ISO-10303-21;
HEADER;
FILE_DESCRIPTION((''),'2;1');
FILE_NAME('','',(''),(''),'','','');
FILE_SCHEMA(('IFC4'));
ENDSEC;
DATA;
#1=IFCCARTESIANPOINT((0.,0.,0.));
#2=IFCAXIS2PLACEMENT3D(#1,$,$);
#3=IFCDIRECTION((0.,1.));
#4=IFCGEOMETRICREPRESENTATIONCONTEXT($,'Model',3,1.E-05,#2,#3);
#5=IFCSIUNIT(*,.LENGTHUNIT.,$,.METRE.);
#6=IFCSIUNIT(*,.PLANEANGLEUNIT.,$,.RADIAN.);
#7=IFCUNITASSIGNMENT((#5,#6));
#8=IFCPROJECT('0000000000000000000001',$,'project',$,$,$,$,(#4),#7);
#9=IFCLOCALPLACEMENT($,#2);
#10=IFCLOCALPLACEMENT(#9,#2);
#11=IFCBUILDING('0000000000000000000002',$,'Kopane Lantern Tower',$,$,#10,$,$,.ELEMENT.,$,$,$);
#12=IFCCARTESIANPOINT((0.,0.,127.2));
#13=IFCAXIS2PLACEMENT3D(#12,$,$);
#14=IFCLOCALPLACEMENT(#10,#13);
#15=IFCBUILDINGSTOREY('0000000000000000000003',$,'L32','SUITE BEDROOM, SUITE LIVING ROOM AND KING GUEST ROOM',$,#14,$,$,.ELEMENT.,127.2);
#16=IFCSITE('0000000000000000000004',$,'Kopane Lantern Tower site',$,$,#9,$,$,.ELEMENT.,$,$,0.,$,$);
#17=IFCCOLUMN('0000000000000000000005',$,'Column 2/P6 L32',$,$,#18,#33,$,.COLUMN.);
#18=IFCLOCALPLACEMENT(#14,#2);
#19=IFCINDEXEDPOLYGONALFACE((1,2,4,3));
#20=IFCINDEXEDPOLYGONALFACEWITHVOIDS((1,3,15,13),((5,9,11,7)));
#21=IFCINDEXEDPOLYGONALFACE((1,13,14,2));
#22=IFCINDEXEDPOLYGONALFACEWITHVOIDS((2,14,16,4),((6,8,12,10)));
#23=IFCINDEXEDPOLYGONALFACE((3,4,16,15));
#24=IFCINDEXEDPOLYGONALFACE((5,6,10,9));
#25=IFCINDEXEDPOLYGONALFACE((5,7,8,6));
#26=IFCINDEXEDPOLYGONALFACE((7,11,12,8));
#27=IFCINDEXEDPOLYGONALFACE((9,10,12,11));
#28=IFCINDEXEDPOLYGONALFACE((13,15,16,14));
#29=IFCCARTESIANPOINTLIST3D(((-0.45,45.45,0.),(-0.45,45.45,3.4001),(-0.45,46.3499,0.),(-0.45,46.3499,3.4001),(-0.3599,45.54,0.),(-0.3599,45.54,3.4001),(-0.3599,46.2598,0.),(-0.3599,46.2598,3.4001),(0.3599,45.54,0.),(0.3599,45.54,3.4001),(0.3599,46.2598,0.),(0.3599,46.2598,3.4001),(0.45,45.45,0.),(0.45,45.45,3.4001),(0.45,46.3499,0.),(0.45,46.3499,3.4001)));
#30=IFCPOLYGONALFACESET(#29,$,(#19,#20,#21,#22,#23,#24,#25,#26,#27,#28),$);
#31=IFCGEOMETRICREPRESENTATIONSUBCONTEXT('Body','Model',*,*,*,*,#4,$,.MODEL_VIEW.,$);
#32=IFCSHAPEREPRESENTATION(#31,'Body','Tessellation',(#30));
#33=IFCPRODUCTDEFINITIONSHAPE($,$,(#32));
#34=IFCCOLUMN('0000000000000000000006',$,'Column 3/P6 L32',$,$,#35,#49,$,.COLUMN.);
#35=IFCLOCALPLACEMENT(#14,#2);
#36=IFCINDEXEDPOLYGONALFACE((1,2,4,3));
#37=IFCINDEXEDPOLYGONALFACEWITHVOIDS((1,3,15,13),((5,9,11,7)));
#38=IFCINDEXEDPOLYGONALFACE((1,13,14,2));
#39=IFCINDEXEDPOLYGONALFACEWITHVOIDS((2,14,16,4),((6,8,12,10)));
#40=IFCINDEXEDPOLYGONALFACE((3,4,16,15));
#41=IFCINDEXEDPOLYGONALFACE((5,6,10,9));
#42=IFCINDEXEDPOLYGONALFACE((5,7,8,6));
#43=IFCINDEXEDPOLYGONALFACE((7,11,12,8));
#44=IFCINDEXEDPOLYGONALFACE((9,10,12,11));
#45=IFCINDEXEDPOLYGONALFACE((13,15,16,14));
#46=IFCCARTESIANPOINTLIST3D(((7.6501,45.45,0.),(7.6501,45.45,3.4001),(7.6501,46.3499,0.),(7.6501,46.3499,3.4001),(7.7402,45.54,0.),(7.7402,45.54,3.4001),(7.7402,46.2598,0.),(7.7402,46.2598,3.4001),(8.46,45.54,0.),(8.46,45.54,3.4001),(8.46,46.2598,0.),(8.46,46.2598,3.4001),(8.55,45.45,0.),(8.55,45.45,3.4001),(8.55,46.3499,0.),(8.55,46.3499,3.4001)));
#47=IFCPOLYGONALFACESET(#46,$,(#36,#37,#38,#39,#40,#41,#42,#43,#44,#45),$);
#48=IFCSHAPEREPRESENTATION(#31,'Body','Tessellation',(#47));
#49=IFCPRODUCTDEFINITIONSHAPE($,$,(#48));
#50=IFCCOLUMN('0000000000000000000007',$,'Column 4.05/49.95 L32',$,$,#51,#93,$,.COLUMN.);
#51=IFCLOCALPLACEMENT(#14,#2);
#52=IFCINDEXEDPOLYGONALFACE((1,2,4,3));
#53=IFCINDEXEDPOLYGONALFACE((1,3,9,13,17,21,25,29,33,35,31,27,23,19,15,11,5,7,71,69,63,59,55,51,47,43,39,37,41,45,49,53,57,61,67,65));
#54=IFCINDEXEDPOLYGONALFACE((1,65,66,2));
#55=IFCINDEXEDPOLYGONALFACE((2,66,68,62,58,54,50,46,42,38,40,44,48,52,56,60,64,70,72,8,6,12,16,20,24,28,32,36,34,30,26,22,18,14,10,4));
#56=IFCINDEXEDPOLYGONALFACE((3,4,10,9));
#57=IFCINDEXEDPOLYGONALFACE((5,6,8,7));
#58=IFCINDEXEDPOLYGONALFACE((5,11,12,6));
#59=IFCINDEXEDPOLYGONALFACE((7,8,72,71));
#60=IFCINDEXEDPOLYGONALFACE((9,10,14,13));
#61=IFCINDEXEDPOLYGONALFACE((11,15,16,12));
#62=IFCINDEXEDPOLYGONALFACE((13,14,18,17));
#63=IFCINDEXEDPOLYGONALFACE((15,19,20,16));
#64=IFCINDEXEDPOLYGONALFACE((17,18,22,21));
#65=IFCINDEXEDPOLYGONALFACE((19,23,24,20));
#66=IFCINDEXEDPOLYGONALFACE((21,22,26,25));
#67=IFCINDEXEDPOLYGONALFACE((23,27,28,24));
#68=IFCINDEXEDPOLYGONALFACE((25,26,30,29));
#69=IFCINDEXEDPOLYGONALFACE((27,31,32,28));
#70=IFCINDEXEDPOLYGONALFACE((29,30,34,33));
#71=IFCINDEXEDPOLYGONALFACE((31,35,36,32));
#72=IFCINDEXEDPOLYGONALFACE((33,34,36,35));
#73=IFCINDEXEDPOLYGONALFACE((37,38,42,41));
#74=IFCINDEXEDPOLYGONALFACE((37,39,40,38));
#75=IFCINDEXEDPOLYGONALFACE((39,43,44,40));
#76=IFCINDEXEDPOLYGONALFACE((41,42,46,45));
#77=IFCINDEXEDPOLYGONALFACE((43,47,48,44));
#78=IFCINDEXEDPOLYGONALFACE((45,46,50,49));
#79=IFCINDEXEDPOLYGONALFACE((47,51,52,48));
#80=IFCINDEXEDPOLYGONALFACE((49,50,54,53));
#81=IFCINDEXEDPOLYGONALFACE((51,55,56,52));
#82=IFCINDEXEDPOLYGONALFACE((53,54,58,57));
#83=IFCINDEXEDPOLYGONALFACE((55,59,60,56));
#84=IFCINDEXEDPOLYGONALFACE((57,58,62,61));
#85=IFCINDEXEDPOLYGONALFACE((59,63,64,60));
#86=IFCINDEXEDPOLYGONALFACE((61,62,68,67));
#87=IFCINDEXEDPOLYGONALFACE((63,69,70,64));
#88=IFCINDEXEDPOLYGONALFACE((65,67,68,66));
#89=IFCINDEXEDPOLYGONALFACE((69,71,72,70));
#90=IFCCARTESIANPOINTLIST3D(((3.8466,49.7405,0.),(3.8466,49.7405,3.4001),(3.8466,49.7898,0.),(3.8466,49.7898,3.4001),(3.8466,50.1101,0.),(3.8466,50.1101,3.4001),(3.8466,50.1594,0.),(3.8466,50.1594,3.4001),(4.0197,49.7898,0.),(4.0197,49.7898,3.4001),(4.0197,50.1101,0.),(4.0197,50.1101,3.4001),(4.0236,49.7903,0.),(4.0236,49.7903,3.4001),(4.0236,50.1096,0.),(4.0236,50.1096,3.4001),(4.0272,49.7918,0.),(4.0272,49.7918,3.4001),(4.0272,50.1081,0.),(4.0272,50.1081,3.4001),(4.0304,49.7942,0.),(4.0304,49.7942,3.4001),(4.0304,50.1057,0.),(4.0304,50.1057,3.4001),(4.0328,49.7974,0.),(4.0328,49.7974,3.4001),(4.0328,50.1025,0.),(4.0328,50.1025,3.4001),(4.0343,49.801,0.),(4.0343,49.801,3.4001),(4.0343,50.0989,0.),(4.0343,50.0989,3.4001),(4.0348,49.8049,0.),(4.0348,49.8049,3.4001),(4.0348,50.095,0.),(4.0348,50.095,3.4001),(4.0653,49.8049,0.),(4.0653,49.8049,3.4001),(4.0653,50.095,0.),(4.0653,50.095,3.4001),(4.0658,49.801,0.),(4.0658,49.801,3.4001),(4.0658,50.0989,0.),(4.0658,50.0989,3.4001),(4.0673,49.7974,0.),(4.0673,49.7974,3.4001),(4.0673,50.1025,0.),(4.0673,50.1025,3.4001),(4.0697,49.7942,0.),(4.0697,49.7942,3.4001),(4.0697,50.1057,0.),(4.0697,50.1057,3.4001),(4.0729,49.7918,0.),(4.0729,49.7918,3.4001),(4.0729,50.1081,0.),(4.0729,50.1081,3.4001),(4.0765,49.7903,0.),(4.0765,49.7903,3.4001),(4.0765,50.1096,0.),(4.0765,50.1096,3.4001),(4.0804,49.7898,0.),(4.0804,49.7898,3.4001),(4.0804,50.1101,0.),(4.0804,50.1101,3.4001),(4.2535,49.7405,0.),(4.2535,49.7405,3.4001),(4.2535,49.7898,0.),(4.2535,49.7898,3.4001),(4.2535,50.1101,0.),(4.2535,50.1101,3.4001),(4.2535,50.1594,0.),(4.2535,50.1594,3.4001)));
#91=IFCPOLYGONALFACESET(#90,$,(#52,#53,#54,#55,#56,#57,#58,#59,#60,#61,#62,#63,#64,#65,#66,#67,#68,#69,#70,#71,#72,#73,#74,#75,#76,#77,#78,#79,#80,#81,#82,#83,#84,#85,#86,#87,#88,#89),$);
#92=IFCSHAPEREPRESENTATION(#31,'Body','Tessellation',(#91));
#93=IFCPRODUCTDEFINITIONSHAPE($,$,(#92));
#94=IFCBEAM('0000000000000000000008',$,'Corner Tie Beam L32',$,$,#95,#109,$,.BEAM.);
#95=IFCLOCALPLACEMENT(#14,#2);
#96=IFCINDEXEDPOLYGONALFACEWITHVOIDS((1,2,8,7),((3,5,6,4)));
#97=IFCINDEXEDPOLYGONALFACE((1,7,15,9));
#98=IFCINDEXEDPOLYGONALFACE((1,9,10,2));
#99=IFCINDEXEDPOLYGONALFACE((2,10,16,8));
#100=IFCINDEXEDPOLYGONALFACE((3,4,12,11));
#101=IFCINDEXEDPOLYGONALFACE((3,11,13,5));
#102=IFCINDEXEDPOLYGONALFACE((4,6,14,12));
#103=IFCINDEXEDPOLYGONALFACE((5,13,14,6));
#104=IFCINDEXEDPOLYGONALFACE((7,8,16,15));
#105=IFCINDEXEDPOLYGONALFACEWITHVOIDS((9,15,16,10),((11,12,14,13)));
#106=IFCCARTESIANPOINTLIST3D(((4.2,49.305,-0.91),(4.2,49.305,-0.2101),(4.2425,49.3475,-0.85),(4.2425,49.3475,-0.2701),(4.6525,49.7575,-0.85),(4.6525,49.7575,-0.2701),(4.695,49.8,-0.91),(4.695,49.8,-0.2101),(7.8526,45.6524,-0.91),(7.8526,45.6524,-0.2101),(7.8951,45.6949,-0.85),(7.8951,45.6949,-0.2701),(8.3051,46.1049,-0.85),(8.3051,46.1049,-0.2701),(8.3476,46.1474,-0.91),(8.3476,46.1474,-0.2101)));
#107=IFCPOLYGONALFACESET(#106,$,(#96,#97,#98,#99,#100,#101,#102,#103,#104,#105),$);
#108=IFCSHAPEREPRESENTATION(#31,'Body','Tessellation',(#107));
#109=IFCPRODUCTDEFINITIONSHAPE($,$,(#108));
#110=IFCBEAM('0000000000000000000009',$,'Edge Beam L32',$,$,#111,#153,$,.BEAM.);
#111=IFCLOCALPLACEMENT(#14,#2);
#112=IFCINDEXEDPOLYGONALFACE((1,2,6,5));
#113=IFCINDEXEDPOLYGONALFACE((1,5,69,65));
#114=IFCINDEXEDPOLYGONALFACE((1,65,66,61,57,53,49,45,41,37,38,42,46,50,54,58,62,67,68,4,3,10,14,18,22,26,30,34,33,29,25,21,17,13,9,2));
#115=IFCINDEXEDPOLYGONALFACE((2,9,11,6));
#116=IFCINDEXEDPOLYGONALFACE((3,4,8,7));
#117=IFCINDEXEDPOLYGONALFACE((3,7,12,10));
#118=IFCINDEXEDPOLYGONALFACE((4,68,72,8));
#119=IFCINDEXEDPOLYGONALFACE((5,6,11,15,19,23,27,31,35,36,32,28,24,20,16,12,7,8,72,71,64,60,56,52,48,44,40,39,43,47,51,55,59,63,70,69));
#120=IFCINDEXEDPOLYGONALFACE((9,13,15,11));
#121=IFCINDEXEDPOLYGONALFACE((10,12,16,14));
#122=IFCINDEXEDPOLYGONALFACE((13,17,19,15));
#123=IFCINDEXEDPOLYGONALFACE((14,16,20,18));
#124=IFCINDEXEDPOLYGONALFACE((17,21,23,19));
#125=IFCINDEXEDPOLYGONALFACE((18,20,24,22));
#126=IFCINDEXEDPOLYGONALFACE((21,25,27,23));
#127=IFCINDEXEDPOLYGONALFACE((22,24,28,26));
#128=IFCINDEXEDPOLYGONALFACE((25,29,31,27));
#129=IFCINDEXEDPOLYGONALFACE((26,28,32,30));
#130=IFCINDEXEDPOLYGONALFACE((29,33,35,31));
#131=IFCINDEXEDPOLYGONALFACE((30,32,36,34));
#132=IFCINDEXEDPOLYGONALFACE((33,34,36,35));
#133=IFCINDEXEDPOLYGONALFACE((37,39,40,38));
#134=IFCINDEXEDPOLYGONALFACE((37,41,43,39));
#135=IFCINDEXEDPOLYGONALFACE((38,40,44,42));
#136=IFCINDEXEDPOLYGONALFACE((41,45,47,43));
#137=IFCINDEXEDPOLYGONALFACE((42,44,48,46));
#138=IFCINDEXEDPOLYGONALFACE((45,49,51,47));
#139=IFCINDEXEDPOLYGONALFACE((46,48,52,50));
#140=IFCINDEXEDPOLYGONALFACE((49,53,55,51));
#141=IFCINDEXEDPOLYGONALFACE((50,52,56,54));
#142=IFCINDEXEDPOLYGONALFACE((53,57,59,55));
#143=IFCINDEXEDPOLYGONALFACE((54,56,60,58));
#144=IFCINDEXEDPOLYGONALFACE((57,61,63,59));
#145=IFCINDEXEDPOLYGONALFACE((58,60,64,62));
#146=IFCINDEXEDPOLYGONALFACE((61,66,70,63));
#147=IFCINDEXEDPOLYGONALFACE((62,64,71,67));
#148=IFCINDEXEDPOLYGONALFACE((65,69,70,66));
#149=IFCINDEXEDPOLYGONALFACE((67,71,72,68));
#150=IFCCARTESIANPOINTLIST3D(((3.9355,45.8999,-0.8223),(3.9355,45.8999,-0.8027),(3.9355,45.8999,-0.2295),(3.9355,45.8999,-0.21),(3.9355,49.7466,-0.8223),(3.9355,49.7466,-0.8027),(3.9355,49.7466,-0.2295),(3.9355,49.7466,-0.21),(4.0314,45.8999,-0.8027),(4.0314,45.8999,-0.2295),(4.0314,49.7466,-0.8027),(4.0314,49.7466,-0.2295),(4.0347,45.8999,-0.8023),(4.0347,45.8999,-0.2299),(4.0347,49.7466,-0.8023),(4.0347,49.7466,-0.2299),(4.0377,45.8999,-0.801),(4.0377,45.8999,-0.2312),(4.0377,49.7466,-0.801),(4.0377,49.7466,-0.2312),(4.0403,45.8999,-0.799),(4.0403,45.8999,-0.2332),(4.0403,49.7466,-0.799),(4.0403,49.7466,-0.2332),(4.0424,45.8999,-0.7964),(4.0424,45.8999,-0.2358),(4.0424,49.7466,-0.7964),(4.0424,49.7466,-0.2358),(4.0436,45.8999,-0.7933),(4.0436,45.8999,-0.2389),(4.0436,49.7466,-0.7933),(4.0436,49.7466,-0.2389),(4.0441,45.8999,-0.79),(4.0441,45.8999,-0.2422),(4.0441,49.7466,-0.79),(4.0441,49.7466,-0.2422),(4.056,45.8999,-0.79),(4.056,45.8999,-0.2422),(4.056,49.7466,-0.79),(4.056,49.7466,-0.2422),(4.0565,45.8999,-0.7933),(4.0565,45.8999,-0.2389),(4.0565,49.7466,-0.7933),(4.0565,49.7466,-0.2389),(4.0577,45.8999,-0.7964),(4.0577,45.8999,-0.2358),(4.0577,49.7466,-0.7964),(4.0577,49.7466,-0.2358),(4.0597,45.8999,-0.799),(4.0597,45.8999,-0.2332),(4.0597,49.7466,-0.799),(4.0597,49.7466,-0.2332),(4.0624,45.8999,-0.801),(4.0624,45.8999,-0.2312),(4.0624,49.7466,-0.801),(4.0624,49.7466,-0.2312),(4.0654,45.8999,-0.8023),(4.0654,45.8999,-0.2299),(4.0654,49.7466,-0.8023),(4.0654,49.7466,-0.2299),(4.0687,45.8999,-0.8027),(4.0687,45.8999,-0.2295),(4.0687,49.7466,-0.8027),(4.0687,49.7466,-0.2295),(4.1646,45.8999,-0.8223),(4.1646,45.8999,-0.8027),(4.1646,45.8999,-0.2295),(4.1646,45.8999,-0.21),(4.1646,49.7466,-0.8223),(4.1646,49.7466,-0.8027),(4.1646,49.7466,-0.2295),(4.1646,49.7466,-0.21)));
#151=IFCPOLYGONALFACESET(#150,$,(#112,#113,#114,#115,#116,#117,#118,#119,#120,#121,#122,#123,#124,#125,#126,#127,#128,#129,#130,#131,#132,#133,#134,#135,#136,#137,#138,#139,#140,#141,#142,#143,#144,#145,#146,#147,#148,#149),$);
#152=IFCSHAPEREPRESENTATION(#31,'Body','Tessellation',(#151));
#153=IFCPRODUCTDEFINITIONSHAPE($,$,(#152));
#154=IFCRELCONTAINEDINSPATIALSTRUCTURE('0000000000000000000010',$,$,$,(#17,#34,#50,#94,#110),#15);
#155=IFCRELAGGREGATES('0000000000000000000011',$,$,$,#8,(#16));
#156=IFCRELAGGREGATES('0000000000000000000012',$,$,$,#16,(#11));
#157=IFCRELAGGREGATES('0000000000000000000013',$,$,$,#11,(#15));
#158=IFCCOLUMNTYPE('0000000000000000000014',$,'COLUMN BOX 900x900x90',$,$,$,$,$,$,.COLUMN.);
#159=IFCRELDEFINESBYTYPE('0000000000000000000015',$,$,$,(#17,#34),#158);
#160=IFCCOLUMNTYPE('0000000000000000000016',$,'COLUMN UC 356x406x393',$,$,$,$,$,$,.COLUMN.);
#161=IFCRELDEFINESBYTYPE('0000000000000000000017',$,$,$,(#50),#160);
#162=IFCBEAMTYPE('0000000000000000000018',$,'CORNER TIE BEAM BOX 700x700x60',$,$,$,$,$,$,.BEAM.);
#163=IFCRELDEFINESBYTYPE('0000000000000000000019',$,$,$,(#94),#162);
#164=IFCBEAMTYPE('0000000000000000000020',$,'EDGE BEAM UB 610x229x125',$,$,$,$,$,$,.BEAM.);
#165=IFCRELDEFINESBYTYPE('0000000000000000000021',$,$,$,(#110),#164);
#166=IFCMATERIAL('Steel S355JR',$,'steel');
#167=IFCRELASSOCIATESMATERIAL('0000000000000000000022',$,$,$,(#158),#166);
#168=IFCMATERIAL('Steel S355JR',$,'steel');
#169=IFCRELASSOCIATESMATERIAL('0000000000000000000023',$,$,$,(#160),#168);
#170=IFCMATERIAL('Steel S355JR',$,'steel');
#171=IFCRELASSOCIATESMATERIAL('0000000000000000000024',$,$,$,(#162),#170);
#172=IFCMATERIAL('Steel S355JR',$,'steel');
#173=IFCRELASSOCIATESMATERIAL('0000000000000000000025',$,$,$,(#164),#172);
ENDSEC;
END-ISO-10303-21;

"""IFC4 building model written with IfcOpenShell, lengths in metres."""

from ifc_helpers import new_model, si_unit, direction, frame, origin, origin_2d, place, context, subcontext, project, spatial, hollow_rectangle, i_section, extrude, material, material_profile, profile_set, type_object, element, save


model = new_model("IFC4")

# Units and contexts
model_context = context("Model", 3, precision=1e-05, world=origin(), true_north=direction((0.0, 1.0)))
body_context = subcontext(model_context, "Body", "Model", "MODEL_VIEW")
ifc_project = project(units=[si_unit("LENGTHUNIT", "METRE"), si_unit("PLANEANGLEUNIT", "RADIAN")], contexts=[model_context])

# Site, building, storey
site_placement = place(None, origin())
site = spatial("IfcSite", under=ifc_project, at=site_placement, Name="Kopane Lantern Tower site", CompositionType="ELEMENT", RefElevation=0.0)
building_placement = place(site_placement, origin())
building = spatial("IfcBuilding", under=site, at=building_placement, Name="Kopane Lantern Tower", CompositionType="ELEMENT")
storey_placement = place(building_placement, frame((0.0, 0.0, 127.2)))
storey = spatial("IfcBuildingStorey", under=building, at=storey_placement, Name="L32", Description="SUITE BEDROOM, SUITE LIVING ROOM AND KING GUEST ROOM", CompositionType="ELEMENT", Elevation=127.2)

# Columns
ifc_material_1 = material(Name="Steel S355JR", Category="steel")
ifc_material_profile_1 = material_profile(ifc_material_1, hollow_rectangle(XDim=0.8999, YDim=0.8999, WallThickness=0.0901, at=origin_2d()), Name="BOX 900x900x90")
ifc_profile_set_1 = profile_set([ifc_material_profile_1], Name="Steel S355JR")
column_type_1 = type_object("IfcColumnType", Name="COLUMN BOX 900x900x90", PredefinedType="COLUMN", material=ifc_profile_set_1)
for number, where, z_axis, x_axis, name in (
    (1, (0.0, 45.8999, 0.0), (0.0, 0.0, 1.0), (1.0, 0.0, 0.0), "Column 2/P6 L32"),
    (2, (8.1001, 45.8999, 0.0), (0.0, 0.0, 1.0), (1.0, 0.0, 0.0), "Column 3/P6 L32"),
):
    element("IfcColumn", number, at=place(storey_placement, frame(where, z_axis=z_axis, x_axis=x_axis)), inside=storey, type_object=column_type_1, Name=name, PredefinedType="COLUMN", context=body_context, shape_type="SweptSolid", body=[
        extrude(hollow_rectangle(XDim=0.8999, YDim=0.8999, WallThickness=0.0901, at=origin_2d()), origin(), (0.0, 0.0, 1.0), 3.4001),
    ])
ifc_material_2 = material(Name="Steel S355JR", Category="steel")
ifc_material_profile_2 = material_profile(ifc_material_2, i_section(OverallWidth=0.407, OverallDepth=0.4189, WebThickness=0.0305, FlangeThickness=0.0493, FilletRadius=0.0151, at=origin_2d()), Name="UC 356x406x393")
ifc_profile_set_2 = profile_set([ifc_material_profile_2], Name="Steel S355JR")
column_type_2 = type_object("IfcColumnType", Name="COLUMN UC 356x406x393", PredefinedType="COLUMN", material=ifc_profile_set_2)
column_placement = place(storey_placement, frame((4.05, 49.95, 0.0), z_axis=(0.0, 0.0, 1.0), x_axis=(1.0, 0.0, 0.0)))
element("IfcColumn", 3, at=column_placement, inside=storey, type_object=column_type_2, Name="Column 4.05/49.95 L32", PredefinedType="COLUMN", context=body_context, shape_type="SweptSolid", body=[
    extrude(i_section(OverallWidth=0.407, OverallDepth=0.4189, WebThickness=0.0305, FlangeThickness=0.0493, FilletRadius=0.0151, at=origin_2d()), origin(), (0.0, 0.0, 1.0), 3.4001),
])

# Beams
ifc_material_3 = material(Name="Steel S355JR", Category="steel")
ifc_material_profile_3 = material_profile(ifc_material_3, hollow_rectangle(XDim=0.7, YDim=0.7, WallThickness=0.0601, at=origin_2d()), Name="BOX 700x700x60")
ifc_profile_set_3 = profile_set([ifc_material_profile_3], Name="Steel S355JR")
beam_type_1 = type_object("IfcBeamType", Name="CORNER TIE BEAM BOX 700x700x60", PredefinedType="BEAM", material=ifc_profile_set_3)
beam_1_placement = place(storey_placement, frame((4.4475, 49.5525, -0.5601), z_axis=(0.707107, -0.707107, 0.0), x_axis=(0.707107, 0.707107, 0.0)))
element("IfcBeam", 4, at=beam_1_placement, inside=storey, type_object=beam_type_1, Name="Corner Tie Beam L32", PredefinedType="BEAM", context=body_context, shape_type="SweptSolid", body=[
    extrude(hollow_rectangle(XDim=0.7, YDim=0.7, WallThickness=0.0601, at=origin_2d()), origin(), (0.0, 0.0, 1.0), 5.1655),
])
ifc_material_4 = material(Name="Steel S355JR", Category="steel")
ifc_material_profile_4 = material_profile(ifc_material_4, i_section(OverallWidth=0.229, OverallDepth=0.6123, WebThickness=0.012, FlangeThickness=0.0195, FilletRadius=0.0127, at=origin_2d()), Name="UB 610x229x125")
ifc_profile_set_4 = profile_set([ifc_material_profile_4], Name="Steel S355JR")
beam_type_2 = type_object("IfcBeamType", Name="EDGE BEAM UB 610x229x125", PredefinedType="BEAM", material=ifc_profile_set_4)
for number, where, z_axis, x_axis, name in (
    (5, (4.05, 49.7466, -0.5161), (0.0, -1.0, 0.0), (1.0, 0.0, 0.0), "Edge Beam L32"),
):
    element("IfcBeam", number, at=place(storey_placement, frame(where, z_axis=z_axis, x_axis=x_axis)), inside=storey, type_object=beam_type_2, Name=name, PredefinedType="BEAM", context=body_context, shape_type="SweptSolid", body=[
        extrude(i_section(OverallWidth=0.229, OverallDepth=0.6123, WebThickness=0.012, FlangeThickness=0.0195, FilletRadius=0.0127, at=origin_2d()), origin(), (0.0, 0.0, 1.0), 3.8467),
    ])

save(model, "model.ifc")
